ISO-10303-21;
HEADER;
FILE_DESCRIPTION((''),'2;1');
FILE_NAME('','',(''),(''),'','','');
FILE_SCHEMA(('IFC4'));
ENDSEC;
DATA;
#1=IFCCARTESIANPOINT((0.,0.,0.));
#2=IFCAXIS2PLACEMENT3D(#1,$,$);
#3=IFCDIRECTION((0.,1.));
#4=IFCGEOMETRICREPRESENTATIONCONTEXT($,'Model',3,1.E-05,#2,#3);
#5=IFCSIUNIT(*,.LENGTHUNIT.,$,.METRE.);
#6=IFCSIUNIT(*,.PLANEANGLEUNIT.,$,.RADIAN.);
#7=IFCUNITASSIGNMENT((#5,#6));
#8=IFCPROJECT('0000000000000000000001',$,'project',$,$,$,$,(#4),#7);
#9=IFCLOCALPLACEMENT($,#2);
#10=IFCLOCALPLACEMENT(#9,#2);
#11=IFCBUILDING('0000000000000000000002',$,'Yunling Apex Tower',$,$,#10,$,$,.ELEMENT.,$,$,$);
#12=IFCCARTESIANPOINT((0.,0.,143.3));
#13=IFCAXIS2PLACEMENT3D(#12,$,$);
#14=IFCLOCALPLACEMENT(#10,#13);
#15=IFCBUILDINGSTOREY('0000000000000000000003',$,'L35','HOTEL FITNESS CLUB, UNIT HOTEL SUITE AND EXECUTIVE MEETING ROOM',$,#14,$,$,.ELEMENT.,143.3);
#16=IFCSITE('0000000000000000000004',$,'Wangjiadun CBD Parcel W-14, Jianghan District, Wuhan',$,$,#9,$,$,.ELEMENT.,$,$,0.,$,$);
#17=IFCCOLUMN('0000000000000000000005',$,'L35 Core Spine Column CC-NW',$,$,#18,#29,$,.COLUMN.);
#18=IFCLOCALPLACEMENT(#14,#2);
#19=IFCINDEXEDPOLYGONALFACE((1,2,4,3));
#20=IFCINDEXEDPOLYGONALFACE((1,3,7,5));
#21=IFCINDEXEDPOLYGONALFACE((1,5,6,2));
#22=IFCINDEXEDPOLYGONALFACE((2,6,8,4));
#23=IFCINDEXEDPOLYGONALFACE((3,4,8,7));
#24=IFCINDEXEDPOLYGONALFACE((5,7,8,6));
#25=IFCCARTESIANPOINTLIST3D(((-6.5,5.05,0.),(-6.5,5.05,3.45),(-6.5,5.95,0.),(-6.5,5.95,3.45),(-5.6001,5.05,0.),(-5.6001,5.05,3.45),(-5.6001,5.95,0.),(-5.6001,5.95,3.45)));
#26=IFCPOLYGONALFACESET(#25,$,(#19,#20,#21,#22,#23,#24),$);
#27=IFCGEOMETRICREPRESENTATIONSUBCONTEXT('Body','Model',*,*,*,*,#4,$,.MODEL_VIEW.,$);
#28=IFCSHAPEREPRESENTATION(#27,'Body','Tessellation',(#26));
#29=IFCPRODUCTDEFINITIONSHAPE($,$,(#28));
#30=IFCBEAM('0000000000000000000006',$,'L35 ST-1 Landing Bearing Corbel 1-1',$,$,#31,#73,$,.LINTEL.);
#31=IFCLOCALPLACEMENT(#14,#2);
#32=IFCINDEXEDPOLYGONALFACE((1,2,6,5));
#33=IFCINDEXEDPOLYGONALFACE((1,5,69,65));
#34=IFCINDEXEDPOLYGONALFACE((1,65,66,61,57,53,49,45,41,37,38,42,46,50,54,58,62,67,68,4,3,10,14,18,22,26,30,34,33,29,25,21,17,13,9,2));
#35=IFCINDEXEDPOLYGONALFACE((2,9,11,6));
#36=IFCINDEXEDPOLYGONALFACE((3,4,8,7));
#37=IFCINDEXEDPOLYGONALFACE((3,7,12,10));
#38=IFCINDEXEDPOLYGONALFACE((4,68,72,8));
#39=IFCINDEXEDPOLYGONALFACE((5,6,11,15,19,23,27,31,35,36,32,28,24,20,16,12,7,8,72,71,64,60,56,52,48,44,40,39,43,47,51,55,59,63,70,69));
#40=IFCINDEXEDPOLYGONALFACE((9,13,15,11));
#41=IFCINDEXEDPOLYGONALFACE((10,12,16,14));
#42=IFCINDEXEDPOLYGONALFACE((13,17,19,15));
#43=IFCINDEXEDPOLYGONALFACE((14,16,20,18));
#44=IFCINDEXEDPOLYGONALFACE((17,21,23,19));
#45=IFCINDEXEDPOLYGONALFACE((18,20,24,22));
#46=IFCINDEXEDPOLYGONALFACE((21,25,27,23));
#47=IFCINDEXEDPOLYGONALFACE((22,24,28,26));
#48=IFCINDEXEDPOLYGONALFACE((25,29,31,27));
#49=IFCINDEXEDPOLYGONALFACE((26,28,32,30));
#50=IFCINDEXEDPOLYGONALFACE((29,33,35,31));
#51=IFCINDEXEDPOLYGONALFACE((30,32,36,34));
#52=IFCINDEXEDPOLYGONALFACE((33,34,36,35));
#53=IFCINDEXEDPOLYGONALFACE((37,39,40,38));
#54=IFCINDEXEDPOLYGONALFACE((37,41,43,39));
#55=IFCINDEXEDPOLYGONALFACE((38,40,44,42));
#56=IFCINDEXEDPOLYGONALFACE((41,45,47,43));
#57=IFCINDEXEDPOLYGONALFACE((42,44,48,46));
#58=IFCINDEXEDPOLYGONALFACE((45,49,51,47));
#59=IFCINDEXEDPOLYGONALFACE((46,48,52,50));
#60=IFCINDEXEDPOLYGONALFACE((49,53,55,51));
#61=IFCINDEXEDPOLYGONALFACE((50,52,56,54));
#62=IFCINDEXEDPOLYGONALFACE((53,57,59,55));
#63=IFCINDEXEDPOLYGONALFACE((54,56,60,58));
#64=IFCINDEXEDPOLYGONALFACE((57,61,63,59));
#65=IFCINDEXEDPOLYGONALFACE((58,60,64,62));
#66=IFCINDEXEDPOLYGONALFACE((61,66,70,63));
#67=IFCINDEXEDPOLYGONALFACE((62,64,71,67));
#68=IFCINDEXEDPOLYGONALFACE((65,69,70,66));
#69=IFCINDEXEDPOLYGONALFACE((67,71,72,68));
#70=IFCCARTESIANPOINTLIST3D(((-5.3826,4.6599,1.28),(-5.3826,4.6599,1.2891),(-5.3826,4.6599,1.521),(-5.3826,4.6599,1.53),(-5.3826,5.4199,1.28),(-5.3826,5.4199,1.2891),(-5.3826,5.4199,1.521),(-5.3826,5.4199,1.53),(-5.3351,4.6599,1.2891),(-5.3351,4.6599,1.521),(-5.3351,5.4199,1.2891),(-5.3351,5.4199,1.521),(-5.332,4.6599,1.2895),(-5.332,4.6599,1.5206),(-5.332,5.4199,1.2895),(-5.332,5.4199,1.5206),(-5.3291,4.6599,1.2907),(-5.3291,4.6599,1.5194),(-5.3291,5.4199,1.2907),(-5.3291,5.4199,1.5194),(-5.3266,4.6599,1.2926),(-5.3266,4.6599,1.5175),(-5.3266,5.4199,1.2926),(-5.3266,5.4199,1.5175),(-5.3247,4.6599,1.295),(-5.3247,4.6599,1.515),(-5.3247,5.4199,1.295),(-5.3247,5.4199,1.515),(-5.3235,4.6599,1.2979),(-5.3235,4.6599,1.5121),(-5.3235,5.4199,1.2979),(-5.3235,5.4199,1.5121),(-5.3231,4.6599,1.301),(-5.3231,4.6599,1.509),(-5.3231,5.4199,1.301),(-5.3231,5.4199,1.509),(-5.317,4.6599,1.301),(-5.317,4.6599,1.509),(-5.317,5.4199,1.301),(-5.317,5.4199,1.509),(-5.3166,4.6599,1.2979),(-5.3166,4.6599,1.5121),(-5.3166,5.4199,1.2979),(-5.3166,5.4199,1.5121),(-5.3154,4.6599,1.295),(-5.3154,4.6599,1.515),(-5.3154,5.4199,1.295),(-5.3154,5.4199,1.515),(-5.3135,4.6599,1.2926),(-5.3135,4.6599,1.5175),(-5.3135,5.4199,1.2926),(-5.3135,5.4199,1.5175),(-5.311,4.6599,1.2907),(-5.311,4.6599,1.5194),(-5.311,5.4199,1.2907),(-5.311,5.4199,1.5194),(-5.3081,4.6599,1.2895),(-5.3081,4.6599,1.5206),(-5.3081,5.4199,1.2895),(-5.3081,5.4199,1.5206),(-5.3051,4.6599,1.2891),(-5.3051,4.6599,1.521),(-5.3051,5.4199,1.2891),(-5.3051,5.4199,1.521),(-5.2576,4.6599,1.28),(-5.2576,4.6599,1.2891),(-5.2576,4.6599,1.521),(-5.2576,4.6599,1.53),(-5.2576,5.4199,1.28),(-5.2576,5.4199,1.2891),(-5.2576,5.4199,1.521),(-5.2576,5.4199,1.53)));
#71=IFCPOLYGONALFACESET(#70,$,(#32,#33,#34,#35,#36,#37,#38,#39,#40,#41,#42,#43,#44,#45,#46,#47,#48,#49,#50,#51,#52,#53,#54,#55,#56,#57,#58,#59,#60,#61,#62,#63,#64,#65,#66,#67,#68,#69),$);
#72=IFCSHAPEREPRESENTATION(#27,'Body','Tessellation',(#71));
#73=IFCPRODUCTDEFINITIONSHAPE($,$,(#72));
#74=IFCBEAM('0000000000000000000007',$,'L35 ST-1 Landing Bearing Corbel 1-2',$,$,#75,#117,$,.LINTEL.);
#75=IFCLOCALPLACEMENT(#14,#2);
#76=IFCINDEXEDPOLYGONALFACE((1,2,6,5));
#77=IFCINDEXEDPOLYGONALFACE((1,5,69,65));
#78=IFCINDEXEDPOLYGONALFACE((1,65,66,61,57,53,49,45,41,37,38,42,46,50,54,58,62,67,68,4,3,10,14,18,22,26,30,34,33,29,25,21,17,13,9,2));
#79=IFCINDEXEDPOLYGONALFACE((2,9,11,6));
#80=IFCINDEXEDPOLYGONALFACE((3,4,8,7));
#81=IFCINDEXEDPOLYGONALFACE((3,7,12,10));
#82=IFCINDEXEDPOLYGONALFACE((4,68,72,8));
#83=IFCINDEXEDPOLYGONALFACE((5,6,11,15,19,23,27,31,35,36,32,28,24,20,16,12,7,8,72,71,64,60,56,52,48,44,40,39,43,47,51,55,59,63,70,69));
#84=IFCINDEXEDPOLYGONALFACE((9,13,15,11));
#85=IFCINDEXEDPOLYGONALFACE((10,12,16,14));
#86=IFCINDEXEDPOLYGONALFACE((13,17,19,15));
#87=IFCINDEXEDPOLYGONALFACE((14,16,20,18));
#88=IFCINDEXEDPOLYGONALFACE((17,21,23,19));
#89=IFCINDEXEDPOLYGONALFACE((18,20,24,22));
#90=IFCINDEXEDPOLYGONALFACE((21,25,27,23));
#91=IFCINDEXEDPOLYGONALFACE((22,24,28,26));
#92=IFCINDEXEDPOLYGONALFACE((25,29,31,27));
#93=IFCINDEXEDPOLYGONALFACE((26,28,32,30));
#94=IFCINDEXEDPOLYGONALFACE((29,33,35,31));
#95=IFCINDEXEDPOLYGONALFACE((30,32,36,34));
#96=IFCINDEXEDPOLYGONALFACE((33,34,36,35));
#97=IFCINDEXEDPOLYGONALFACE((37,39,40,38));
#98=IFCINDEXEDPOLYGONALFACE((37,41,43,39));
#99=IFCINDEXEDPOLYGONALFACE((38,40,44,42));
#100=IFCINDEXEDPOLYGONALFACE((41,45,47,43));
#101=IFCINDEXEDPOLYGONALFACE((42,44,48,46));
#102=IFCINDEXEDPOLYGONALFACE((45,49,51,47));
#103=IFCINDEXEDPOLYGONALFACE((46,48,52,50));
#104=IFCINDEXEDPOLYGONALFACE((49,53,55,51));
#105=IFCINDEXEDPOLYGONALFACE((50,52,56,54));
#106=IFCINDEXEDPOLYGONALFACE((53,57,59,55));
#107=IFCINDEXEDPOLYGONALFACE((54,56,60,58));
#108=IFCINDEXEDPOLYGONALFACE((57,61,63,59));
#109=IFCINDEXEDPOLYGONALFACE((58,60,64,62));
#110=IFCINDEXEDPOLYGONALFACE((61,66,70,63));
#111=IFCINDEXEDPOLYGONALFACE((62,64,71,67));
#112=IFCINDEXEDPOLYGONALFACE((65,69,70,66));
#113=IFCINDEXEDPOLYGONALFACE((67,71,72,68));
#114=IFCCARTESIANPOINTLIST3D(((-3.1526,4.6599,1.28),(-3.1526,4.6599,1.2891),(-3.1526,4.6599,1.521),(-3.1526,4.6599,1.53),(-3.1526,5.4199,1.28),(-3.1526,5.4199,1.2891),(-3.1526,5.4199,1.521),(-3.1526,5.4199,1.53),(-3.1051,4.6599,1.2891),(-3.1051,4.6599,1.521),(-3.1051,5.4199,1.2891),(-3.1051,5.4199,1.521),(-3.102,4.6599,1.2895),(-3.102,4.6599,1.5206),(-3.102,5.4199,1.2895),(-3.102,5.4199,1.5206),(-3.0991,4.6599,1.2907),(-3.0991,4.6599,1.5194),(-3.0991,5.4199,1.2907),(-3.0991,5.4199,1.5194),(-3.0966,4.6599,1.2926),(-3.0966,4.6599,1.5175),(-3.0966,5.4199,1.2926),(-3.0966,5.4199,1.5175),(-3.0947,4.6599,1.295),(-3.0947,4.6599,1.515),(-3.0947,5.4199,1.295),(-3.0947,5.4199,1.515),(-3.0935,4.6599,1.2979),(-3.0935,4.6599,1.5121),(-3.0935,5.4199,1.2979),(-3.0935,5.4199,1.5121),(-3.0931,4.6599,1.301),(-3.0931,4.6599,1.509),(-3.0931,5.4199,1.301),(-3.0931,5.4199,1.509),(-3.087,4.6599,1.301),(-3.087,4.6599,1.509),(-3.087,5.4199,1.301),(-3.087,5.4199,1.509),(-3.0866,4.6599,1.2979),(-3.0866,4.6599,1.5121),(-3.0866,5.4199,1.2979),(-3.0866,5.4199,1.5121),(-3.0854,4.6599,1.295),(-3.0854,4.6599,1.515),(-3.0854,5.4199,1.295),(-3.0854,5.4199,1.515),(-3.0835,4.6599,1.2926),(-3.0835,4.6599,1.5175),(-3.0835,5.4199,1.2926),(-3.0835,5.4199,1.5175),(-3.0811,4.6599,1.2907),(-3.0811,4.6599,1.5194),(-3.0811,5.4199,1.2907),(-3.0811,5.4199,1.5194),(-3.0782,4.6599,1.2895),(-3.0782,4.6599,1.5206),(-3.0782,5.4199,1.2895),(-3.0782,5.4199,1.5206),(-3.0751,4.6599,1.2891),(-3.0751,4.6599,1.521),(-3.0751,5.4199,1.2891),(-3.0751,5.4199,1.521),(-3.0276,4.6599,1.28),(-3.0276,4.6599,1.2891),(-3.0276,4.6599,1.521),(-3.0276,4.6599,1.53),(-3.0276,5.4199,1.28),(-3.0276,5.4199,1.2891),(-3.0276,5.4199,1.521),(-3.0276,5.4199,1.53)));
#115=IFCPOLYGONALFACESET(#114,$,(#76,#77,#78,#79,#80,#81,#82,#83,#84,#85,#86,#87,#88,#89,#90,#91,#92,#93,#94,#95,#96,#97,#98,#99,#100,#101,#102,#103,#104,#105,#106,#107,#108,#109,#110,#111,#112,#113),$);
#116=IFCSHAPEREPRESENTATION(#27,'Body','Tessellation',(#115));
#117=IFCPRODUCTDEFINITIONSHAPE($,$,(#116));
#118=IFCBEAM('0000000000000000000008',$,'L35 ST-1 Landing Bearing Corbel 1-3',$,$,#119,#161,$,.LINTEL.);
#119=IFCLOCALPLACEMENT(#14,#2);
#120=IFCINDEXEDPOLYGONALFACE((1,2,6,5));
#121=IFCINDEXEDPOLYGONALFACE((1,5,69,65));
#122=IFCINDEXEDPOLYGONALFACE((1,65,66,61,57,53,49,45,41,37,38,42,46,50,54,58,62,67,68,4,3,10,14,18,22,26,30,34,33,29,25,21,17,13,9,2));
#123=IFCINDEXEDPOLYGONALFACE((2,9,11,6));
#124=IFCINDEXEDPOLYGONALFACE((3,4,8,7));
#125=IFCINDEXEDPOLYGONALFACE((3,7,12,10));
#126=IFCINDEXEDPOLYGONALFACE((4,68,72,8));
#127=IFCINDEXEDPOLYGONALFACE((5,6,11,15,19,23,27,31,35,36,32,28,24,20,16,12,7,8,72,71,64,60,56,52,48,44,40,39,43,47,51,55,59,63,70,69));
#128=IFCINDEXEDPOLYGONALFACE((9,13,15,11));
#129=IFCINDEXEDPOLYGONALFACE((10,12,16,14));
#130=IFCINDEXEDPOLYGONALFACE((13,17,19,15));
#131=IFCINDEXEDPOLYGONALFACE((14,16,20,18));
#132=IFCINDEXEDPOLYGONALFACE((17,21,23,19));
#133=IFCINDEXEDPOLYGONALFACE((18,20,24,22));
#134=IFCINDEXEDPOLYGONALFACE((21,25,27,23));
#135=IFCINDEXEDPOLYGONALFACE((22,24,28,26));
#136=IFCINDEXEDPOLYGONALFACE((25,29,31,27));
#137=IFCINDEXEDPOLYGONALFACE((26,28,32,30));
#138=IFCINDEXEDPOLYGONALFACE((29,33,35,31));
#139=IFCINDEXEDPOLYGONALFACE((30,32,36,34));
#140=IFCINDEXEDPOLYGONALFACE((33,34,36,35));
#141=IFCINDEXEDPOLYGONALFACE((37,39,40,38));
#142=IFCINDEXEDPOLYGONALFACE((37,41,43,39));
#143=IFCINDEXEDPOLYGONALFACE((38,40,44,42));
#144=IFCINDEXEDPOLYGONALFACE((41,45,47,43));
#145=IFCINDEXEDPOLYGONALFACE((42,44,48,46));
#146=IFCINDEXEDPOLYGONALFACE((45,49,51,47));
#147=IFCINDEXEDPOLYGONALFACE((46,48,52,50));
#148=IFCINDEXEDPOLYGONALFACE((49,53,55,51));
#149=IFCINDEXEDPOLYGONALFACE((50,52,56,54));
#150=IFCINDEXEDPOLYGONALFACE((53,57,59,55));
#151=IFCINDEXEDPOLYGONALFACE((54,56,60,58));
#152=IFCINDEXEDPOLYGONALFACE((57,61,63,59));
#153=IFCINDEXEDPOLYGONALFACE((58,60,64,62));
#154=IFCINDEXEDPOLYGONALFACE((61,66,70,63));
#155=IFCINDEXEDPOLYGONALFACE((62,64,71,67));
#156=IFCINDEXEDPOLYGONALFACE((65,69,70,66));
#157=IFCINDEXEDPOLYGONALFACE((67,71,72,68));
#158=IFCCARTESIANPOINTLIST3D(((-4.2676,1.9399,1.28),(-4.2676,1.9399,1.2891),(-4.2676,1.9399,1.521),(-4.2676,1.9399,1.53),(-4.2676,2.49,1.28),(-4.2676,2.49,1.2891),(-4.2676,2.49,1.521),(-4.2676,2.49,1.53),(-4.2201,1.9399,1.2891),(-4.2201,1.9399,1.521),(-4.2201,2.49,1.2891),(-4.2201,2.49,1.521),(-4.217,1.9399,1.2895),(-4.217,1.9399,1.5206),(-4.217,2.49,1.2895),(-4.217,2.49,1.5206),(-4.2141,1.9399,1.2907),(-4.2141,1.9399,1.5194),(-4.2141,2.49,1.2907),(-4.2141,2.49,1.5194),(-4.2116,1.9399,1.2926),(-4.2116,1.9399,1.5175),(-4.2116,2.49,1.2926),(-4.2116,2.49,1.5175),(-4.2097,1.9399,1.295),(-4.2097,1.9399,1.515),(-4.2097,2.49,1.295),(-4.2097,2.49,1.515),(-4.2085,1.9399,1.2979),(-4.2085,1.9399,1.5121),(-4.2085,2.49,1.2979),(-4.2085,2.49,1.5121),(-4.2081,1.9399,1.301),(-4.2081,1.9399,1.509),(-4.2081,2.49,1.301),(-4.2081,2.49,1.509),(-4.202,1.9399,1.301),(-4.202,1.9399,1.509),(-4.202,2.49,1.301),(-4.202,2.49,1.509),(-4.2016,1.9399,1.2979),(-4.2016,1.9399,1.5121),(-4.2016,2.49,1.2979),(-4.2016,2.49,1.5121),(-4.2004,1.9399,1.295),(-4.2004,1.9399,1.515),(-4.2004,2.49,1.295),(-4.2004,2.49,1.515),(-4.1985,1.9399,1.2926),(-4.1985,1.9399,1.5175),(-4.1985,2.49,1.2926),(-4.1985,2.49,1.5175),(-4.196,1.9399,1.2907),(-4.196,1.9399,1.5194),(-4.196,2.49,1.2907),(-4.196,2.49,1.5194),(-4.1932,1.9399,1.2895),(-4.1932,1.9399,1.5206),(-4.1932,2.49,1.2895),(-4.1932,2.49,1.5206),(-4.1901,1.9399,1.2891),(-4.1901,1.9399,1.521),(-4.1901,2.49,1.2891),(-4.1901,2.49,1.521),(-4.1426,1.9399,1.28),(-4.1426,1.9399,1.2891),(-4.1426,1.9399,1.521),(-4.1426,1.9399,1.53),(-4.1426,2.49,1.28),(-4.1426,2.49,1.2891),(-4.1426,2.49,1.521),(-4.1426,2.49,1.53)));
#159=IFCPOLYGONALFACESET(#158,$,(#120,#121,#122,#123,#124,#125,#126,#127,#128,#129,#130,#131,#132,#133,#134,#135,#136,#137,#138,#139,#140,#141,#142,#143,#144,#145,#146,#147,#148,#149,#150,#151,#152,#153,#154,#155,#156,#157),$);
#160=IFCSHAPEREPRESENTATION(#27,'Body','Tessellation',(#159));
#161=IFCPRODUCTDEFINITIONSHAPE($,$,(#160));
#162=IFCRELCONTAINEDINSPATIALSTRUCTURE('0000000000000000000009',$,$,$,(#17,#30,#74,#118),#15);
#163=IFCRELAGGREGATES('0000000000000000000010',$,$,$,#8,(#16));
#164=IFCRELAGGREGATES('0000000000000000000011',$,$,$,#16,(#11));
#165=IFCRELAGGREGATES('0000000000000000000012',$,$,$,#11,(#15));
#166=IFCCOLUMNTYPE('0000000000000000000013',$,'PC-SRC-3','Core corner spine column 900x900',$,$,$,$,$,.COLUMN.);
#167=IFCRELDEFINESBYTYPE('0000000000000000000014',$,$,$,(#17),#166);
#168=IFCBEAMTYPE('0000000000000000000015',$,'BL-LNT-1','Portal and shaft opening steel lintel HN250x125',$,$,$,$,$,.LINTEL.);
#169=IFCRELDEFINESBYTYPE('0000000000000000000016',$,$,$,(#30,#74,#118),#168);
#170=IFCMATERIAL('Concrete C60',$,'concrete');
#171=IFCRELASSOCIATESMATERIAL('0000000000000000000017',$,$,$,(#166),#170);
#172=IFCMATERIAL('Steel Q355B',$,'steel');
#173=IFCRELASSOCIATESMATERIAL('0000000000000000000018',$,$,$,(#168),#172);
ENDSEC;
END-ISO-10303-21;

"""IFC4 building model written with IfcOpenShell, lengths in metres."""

from ifc_helpers import new_model, si_unit, direction, frame, origin, origin_2d, place, context, subcontext, project, spatial, rectangle, i_section, extrude, source, transform, mapped, material, material_profile, profile_set, type_object, element, save


model = new_model("IFC4")

# Units and contexts
model_context = context("Model", 3, precision=1e-05, world=origin(), true_north=direction((0.0, 1.0)))
body_context = subcontext(model_context, "Body", "Model", "MODEL_VIEW")
ifc_project = project(units=[si_unit("LENGTHUNIT", "METRE"), si_unit("PLANEANGLEUNIT", "RADIAN")], contexts=[model_context])

# Site, building, storey
site_placement = place(None, origin())
site = spatial("IfcSite", under=ifc_project, at=site_placement, Name="Wangjiadun CBD Parcel W-14, Jianghan District, Wuhan", CompositionType="ELEMENT", RefElevation=0.0)
building_placement = place(site_placement, origin())
building = spatial("IfcBuilding", under=site, at=building_placement, Name="Yunling Apex Tower", CompositionType="ELEMENT")
storey_placement = place(building_placement, frame((0.0, 0.0, 143.3)))
storey = spatial("IfcBuildingStorey", under=building, at=storey_placement, Name="L35", Description="HOTEL FITNESS CLUB, UNIT HOTEL SUITE AND EXECUTIVE MEETING ROOM", CompositionType="ELEMENT", Elevation=143.3)

# Column
ifc_material_1 = material(Name="Concrete C60", Category="concrete")
ifc_material_profile_1 = material_profile(ifc_material_1, rectangle(XDim=0.8999, YDim=0.8999, at=origin_2d()))
ifc_profile_set_1 = profile_set([ifc_material_profile_1], Name="Concrete C60")
column_type = type_object("IfcColumnType", Name="PC-SRC-3", Description="Core corner spine column 900x900", PredefinedType="COLUMN", material=ifc_profile_set_1)
shared_shape_1 = source(origin(), body_context, "Body", "SweptSolid", [
    extrude(rectangle(XDim=0.8999, YDim=0.8999, at=origin_2d()), origin(), (0.0, 0.0, 1.0), 3.45),
])
column_placement = place(storey_placement, frame((-6.05, 5.5, 0.0), z_axis=(0.0, 0.0, 1.0), x_axis=(1.0, 0.0, 0.0)))
element("IfcColumn", 1, at=column_placement, inside=storey, type_object=column_type, Name="L35 Core Spine Column CC-NW", PredefinedType="COLUMN", context=body_context, shape_type="MappedRepresentation", body=[
    mapped(shared_shape_1, transform((0.0, 0.0, 0.0), scale=1.0)),
])

# Beams
ifc_material_2 = material(Name="Steel Q355B", Category="steel")
ifc_material_profile_2 = material_profile(ifc_material_2, i_section(OverallWidth=0.125, OverallDepth=0.25, WebThickness=0.0061, FlangeThickness=0.009, FilletRadius=0.012, at=origin_2d()))
ifc_profile_set_2 = profile_set([ifc_material_profile_2], Name="Steel Q355B")
beam_type_1 = type_object("IfcBeamType", Name="BL-LNT-1", Description="Portal and shaft opening steel lintel HN250x125", PredefinedType="LINTEL", material=ifc_profile_set_2)
shared_shape_2 = source(origin(), body_context, "Body", "SweptSolid", [
    extrude(i_section(OverallWidth=0.125, OverallDepth=0.25, WebThickness=0.0061, FlangeThickness=0.009, FilletRadius=0.012, at=origin_2d()), origin(), (0.0, 0.0, 1.0), 0.76),
])
for number, where, z_axis, x_axis, name in (
    (2, (-5.3201, 5.4199, 1.405), (0.0, -1.0, 0.0), (1.0, 0.0, 0.0), "L35 ST-1 Landing Bearing Corbel 1-1"),
    (3, (-3.0901, 5.4199, 1.405), (0.0, -1.0, 0.0), (1.0, 0.0, 0.0), "L35 ST-1 Landing Bearing Corbel 1-2"),
):
    element("IfcBeam", number, at=place(storey_placement, frame(where, z_axis=z_axis, x_axis=x_axis)), inside=storey, type_object=beam_type_1, Name=name, PredefinedType="LINTEL", context=body_context, shape_type="MappedRepresentation", body=[
        mapped(shared_shape_2, transform((0.0, 0.0, 0.0), scale=1.0)),
    ])
shared_shape_3 = source(origin(), body_context, "Body", "SweptSolid", [
    extrude(i_section(OverallWidth=0.125, OverallDepth=0.25, WebThickness=0.0061, FlangeThickness=0.009, FilletRadius=0.012, at=origin_2d()), origin(), (0.0, 0.0, 1.0), 0.55),
])
beam_1_placement = place(storey_placement, frame((-4.2051, 1.9399, 1.405), z_axis=(0.0, 1.0, 0.0), x_axis=(-1.0, 0.0, 0.0)))
element("IfcBeam", 4, at=beam_1_placement, inside=storey, type_object=beam_type_1, Name="L35 ST-1 Landing Bearing Corbel 1-3", PredefinedType="LINTEL", context=body_context, shape_type="MappedRepresentation", body=[
    mapped(shared_shape_3, transform((0.0, 0.0, 0.0), scale=1.0)),
])

save(model, "model.ifc")
